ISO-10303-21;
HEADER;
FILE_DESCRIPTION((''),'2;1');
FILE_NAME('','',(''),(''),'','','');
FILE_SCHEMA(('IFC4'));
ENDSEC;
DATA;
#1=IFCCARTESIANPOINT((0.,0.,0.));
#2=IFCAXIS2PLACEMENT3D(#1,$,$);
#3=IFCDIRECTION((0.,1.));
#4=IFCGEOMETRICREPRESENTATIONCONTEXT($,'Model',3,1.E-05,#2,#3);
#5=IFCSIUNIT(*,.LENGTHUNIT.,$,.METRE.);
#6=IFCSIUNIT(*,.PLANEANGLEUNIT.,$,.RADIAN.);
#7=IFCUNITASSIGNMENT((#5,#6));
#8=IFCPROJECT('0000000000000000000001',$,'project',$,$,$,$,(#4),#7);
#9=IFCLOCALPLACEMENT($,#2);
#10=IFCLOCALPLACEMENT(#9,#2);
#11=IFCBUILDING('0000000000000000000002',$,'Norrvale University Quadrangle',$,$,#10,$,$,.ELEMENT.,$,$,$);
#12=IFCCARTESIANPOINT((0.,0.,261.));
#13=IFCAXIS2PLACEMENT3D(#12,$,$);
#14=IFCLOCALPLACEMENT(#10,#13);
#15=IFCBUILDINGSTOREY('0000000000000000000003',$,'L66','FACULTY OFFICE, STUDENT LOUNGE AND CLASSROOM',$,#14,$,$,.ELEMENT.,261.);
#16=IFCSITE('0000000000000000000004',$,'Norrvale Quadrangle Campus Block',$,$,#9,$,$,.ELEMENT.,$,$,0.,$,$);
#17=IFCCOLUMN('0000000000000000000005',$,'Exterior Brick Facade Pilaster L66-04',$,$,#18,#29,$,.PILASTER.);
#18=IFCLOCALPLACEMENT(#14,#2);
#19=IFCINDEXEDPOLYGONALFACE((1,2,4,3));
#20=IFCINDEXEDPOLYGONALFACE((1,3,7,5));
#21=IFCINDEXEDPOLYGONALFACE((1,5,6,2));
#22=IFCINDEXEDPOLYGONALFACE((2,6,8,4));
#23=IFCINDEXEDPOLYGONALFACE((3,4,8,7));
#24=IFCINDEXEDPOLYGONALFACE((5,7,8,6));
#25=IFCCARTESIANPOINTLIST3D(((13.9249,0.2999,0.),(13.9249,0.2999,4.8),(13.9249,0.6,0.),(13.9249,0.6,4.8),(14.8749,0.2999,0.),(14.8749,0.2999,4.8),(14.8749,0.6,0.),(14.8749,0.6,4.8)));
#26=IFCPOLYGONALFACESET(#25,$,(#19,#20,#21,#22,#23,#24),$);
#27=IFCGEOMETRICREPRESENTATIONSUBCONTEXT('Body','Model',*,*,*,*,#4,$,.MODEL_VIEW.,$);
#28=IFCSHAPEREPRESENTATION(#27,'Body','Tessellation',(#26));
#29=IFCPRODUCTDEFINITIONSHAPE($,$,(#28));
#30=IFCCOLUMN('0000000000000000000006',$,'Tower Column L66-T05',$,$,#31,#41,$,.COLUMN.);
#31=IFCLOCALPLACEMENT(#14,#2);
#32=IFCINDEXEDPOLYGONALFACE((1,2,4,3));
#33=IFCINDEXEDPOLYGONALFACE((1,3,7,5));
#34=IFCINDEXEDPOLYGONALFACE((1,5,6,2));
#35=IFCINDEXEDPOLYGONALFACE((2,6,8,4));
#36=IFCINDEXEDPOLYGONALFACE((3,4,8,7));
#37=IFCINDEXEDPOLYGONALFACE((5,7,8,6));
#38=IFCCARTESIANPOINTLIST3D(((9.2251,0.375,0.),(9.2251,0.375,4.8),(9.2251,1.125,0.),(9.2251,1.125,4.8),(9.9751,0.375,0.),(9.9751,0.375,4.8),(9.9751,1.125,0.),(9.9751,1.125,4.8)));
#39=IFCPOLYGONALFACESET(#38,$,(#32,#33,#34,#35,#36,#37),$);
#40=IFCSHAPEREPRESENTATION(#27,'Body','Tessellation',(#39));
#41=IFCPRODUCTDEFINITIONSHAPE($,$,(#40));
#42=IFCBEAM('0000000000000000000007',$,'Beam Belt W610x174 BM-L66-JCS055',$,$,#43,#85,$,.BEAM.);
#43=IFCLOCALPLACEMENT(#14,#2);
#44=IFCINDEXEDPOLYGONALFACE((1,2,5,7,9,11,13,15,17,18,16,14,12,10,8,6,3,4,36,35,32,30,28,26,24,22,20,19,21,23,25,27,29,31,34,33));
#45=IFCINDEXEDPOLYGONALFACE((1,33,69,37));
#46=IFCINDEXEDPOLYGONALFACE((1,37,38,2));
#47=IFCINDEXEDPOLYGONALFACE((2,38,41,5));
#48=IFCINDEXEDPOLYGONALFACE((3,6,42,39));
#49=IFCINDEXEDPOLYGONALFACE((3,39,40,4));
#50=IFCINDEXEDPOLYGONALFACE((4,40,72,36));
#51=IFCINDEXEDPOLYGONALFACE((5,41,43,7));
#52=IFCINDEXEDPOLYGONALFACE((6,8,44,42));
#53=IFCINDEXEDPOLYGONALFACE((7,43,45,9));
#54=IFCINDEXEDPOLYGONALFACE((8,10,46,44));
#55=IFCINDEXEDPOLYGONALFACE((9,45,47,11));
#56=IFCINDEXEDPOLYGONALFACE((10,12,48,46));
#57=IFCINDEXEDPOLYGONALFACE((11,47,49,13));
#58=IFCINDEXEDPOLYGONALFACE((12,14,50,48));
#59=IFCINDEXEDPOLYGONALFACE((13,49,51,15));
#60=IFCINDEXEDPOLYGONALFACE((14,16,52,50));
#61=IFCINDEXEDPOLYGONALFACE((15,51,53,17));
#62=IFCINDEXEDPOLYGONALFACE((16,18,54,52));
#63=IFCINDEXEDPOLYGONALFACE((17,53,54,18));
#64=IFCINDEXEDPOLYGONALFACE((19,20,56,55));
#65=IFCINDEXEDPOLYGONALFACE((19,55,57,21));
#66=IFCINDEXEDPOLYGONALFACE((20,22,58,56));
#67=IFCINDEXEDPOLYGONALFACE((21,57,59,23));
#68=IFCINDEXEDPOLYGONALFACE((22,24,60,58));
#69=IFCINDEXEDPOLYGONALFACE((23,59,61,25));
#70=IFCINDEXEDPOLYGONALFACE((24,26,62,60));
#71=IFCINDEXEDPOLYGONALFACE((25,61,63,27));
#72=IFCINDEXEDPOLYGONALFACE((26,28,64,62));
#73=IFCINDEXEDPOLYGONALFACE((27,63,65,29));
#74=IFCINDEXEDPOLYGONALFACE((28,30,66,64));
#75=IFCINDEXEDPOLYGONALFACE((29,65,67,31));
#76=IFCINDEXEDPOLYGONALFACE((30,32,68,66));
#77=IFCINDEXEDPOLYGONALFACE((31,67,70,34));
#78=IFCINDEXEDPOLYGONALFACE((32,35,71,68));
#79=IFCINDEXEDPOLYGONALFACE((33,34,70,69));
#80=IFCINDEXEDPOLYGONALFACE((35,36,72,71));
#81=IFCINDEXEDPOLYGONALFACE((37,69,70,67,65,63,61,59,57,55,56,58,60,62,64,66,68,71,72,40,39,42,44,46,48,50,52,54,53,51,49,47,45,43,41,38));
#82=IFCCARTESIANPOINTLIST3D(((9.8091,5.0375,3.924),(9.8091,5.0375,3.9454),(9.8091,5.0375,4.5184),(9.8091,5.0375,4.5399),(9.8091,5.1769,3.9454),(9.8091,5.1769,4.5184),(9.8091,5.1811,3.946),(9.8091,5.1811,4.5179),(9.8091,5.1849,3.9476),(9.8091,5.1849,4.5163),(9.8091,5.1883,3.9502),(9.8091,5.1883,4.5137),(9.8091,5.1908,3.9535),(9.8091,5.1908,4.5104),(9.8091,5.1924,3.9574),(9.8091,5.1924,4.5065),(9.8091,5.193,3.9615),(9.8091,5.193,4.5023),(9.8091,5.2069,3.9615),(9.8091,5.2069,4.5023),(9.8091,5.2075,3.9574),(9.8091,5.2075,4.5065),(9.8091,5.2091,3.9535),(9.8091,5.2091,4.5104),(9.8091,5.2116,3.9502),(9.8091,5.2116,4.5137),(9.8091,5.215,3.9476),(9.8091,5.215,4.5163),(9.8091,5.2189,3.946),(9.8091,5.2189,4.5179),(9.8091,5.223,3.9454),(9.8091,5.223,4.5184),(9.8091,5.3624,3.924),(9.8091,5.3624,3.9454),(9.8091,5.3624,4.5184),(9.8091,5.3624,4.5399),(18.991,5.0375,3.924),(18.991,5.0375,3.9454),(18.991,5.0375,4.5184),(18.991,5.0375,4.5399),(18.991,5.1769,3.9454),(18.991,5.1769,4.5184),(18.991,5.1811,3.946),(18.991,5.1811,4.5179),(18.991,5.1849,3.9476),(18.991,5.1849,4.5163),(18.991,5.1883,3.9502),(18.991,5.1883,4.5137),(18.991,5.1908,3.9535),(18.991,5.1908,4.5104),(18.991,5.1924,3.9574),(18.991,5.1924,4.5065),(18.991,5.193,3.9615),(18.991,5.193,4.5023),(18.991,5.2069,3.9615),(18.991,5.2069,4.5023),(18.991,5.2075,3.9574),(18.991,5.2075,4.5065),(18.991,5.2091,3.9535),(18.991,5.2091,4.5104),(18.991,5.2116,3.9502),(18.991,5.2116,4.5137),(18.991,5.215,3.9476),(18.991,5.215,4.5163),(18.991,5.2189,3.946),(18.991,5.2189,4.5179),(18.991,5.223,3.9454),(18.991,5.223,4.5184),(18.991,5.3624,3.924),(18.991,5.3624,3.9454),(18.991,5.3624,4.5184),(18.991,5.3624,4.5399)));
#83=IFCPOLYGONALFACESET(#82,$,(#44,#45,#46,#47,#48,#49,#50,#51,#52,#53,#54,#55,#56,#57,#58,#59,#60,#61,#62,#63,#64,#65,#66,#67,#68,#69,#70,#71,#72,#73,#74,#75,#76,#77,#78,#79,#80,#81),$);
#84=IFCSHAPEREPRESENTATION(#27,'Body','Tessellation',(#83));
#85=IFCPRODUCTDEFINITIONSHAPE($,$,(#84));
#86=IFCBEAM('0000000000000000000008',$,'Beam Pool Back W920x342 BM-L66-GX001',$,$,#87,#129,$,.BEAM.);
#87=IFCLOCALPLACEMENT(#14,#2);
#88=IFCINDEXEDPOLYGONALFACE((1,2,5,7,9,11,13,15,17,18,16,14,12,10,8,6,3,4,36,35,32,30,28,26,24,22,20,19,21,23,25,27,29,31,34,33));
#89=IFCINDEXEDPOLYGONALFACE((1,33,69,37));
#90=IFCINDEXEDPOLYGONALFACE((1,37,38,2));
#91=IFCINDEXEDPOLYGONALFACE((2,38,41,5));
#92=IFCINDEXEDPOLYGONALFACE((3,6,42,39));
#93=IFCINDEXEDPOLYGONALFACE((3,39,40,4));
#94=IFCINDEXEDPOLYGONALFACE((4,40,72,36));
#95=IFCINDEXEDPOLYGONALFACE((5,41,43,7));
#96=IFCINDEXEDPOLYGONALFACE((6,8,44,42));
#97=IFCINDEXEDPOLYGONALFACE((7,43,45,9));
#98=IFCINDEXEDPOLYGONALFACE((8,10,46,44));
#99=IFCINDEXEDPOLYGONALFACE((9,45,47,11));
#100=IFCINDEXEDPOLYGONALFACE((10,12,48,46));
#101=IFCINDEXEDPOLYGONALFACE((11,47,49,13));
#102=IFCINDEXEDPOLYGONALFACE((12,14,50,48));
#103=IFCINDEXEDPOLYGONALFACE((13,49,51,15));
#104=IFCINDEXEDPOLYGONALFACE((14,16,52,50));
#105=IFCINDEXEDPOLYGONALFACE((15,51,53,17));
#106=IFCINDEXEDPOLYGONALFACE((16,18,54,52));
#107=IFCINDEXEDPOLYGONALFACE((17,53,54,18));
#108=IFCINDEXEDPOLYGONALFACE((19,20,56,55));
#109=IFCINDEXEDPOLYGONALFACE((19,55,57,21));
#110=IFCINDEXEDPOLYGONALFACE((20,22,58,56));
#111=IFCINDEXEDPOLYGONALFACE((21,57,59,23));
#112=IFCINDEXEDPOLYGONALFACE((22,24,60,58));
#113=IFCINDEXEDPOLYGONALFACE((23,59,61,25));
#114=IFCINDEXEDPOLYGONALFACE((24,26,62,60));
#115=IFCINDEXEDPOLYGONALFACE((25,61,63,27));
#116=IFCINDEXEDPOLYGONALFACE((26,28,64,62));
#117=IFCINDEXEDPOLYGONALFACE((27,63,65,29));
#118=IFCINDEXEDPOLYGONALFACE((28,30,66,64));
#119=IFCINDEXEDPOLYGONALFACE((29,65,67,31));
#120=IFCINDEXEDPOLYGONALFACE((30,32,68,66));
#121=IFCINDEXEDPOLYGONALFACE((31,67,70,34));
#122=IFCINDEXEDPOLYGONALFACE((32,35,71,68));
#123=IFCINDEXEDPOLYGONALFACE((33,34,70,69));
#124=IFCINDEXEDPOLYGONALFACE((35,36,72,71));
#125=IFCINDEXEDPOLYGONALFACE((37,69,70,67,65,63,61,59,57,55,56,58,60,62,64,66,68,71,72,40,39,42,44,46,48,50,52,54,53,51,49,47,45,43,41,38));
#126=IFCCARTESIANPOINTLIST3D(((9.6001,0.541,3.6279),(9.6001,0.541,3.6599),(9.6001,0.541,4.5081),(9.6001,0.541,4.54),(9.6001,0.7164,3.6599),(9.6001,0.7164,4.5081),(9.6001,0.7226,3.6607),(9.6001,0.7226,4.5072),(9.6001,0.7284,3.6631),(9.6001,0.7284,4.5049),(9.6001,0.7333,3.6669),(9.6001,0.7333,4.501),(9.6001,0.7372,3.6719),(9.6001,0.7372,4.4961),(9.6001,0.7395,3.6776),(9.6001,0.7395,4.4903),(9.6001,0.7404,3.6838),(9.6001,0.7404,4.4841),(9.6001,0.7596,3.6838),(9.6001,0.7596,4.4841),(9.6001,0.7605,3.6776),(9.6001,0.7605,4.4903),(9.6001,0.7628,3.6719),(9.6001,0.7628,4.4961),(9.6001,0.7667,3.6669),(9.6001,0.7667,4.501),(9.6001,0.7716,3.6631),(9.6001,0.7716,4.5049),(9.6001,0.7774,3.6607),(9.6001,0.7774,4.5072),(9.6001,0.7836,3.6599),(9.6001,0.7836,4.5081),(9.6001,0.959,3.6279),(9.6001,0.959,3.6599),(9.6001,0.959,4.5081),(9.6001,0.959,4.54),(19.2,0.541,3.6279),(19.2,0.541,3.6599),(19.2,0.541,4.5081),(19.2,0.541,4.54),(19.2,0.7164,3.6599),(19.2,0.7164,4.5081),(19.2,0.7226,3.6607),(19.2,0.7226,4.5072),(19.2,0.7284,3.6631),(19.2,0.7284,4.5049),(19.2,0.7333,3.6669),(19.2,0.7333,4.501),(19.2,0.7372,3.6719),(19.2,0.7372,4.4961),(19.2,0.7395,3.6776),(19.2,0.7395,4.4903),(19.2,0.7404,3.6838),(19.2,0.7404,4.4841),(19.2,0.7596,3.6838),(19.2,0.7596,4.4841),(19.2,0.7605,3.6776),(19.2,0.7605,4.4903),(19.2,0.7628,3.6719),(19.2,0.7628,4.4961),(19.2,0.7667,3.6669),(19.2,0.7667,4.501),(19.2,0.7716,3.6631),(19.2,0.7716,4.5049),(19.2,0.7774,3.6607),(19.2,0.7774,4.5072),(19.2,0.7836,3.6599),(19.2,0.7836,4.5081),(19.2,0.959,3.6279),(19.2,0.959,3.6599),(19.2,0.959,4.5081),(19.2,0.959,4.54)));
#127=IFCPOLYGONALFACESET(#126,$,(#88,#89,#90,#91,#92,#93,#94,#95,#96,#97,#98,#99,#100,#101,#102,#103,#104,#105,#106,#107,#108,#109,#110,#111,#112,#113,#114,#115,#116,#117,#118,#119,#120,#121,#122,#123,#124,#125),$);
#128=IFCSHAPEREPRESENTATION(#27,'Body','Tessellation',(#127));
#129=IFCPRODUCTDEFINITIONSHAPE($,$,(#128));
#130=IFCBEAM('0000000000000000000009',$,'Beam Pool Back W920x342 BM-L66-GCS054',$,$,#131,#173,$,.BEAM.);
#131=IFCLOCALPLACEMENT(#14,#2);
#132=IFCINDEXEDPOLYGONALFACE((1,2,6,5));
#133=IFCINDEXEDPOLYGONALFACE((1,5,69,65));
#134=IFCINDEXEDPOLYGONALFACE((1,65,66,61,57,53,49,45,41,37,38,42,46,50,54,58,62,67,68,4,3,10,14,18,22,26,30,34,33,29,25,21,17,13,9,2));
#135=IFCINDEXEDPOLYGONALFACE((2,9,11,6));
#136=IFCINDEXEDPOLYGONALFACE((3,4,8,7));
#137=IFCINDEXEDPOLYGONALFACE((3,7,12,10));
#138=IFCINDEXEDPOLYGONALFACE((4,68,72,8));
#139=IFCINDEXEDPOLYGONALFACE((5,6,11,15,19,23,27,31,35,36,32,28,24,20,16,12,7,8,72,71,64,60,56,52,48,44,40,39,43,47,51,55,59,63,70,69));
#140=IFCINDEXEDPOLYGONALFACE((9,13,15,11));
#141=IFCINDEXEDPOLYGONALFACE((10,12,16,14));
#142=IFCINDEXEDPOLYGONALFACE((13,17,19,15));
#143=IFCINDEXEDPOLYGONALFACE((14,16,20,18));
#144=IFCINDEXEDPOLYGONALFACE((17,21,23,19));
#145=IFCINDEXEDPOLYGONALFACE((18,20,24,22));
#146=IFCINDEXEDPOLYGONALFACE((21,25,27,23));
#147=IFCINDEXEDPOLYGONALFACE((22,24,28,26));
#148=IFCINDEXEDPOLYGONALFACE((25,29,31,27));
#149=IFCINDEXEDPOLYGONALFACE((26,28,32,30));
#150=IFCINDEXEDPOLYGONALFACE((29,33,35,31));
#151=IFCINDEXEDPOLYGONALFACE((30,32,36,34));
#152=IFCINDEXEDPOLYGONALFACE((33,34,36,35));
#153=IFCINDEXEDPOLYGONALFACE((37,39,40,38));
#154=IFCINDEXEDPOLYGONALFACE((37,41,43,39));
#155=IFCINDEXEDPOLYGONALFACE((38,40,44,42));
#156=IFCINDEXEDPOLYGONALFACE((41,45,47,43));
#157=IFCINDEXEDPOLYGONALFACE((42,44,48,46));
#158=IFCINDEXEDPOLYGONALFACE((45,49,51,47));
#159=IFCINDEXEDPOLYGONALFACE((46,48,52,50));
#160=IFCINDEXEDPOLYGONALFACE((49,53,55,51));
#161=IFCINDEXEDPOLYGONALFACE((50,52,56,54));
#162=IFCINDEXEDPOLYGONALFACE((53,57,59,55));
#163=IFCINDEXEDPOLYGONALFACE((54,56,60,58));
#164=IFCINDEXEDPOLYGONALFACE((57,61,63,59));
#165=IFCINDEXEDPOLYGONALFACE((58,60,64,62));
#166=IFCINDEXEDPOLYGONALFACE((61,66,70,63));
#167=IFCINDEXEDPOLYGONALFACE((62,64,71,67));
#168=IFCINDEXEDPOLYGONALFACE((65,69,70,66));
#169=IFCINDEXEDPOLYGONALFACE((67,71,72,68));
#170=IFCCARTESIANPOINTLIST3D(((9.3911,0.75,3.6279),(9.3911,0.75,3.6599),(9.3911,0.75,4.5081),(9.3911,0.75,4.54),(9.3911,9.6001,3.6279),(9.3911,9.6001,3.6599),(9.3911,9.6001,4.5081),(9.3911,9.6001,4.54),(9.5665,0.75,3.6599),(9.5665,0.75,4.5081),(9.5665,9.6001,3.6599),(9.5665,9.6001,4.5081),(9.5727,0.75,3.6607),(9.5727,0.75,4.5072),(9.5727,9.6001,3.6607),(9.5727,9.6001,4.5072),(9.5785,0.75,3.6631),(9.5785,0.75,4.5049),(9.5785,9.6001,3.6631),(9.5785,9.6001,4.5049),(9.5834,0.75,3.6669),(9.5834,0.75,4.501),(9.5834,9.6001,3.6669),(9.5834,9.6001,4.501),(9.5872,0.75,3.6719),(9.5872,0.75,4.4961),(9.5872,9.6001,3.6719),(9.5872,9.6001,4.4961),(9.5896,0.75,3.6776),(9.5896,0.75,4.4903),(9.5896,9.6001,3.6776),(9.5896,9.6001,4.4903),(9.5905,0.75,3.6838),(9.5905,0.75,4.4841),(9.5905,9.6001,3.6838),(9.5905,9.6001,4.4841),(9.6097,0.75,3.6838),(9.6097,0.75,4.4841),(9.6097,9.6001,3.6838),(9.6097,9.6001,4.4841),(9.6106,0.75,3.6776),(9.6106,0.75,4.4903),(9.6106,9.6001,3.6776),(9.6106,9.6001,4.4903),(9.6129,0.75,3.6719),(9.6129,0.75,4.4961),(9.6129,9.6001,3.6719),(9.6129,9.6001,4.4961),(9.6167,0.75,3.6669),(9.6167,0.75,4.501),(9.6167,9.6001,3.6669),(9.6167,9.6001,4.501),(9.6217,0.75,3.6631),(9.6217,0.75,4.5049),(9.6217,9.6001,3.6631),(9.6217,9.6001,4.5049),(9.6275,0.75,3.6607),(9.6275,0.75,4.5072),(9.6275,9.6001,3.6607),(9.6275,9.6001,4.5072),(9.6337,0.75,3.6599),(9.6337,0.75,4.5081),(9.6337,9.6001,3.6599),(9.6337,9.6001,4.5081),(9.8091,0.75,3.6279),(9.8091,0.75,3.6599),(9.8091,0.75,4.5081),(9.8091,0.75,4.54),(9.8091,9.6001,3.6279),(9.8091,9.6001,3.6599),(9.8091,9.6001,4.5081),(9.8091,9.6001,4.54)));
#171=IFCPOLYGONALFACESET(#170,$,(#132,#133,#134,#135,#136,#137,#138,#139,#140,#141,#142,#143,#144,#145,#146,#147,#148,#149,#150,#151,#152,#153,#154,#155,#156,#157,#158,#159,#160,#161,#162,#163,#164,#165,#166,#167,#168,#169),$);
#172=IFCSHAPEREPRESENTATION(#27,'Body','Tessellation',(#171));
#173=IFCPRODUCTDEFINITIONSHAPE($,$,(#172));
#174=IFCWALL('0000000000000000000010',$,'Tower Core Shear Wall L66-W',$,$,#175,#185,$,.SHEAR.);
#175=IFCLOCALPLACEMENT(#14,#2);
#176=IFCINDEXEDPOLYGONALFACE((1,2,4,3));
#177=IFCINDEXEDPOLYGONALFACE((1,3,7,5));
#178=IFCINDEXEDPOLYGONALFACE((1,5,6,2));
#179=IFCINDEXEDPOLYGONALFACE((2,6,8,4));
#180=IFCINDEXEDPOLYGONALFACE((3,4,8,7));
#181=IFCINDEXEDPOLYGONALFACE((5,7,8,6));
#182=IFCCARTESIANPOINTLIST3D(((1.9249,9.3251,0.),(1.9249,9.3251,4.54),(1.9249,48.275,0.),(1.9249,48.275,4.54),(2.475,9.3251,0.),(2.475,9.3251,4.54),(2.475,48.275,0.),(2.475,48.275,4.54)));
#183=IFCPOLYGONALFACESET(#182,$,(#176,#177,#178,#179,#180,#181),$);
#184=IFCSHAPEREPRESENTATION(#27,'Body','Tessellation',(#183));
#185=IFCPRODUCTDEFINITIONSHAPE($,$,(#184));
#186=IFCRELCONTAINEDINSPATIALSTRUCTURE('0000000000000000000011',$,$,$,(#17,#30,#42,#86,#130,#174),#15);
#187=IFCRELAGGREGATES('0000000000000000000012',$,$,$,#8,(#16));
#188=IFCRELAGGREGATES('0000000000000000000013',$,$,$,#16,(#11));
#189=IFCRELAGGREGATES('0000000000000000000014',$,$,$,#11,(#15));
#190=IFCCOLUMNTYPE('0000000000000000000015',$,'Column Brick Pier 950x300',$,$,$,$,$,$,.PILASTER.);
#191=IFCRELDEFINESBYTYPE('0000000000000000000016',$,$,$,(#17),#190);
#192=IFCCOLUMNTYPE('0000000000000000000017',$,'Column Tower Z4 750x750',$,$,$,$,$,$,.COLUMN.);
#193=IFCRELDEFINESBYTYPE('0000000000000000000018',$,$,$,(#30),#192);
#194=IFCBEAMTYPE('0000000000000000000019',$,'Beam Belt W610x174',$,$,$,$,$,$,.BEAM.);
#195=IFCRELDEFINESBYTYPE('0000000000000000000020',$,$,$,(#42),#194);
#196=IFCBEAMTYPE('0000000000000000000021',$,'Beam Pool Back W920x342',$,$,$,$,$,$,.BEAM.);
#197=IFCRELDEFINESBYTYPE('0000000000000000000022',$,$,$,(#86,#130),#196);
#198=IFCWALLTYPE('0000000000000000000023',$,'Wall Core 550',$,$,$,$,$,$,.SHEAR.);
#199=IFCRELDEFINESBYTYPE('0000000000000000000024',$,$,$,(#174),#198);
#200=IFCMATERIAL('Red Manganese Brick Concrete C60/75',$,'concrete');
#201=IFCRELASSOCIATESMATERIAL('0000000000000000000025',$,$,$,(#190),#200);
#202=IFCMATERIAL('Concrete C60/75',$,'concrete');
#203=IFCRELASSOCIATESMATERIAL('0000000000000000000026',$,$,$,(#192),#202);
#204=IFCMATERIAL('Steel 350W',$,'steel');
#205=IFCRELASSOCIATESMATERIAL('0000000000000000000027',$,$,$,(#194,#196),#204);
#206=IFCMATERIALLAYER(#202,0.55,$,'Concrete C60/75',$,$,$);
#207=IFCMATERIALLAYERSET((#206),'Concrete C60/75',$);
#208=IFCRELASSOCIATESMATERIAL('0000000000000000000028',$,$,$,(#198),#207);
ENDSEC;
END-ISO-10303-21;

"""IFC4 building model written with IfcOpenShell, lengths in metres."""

from ifc_helpers import new_model, si_unit, direction, frame, frame_2d, origin, origin_2d, place, context, subcontext, project, spatial, rectangle, i_section, extrude, material, layer, layer_set, material_profile, profile_set, type_object, element, save


model = new_model("IFC4")

# Units and contexts
model_context = context("Model", 3, precision=1e-05, world=origin(), true_north=direction((0.0, 1.0)))
body_context = subcontext(model_context, "Body", "Model", "MODEL_VIEW")
ifc_project = project(units=[si_unit("LENGTHUNIT", "METRE"), si_unit("PLANEANGLEUNIT", "RADIAN")], contexts=[model_context])

# Site, building, storey
site_placement = place(None, origin())
site = spatial("IfcSite", under=ifc_project, at=site_placement, Name="Norrvale Quadrangle Campus Block", CompositionType="ELEMENT", RefElevation=0.0)
building_placement = place(site_placement, origin())
building = spatial("IfcBuilding", under=site, at=building_placement, Name="Norrvale University Quadrangle", CompositionType="ELEMENT")
storey_placement = place(building_placement, frame((0.0, 0.0, 261.0)))
storey = spatial("IfcBuildingStorey", under=building, at=storey_placement, Name="L66", Description="FACULTY OFFICE, STUDENT LOUNGE AND CLASSROOM", CompositionType="ELEMENT", Elevation=261.0)

# Columns
ifc_material_1 = material(Name="Red Manganese Brick Concrete C60/75", Category="concrete")
ifc_material_profile_1 = material_profile(ifc_material_1, rectangle(XDim=0.95, YDim=0.3, at=origin_2d()), Name="Red Manganese Brick Concrete C60/75")
ifc_profile_set_1 = profile_set([ifc_material_profile_1], Name="Red Manganese Brick Concrete C60/75")
column_type_1 = type_object("IfcColumnType", Name="Column Brick Pier 950x300", PredefinedType="PILASTER", material=ifc_profile_set_1)
column_1_placement = place(storey_placement, frame((14.3999, 0.45, 0.0), z_axis=(0.0, 0.0, 1.0), x_axis=(1.0, 0.0, 0.0)))
element("IfcColumn", 1, at=column_1_placement, inside=storey, type_object=column_type_1, Name="Exterior Brick Facade Pilaster L66-04", PredefinedType="PILASTER", context=body_context, shape_type="SweptSolid", body=[
    extrude(rectangle(XDim=0.95, YDim=0.3, at=origin_2d()), origin(), (0.0, 0.0, 1.0), 4.8),
])
ifc_material_2 = material(Name="Concrete C60/75", Category="concrete")
ifc_material_profile_2 = material_profile(ifc_material_2, rectangle(XDim=0.75, YDim=0.75, at=origin_2d()), Name="Concrete C60/75")
ifc_profile_set_2 = profile_set([ifc_material_profile_2], Name="Concrete C60/75")
column_type_2 = type_object("IfcColumnType", Name="Column Tower Z4 750x750", PredefinedType="COLUMN", material=ifc_profile_set_2)
column_2_placement = place(storey_placement, frame((9.6001, 0.75, 0.0), z_axis=(0.0, 0.0, 1.0), x_axis=(1.0, 0.0, 0.0)))
element("IfcColumn", 2, at=column_2_placement, inside=storey, type_object=column_type_2, Name="Tower Column L66-T05", PredefinedType="COLUMN", context=body_context, shape_type="SweptSolid", body=[
    extrude(rectangle(XDim=0.75, YDim=0.75, at=origin_2d()), origin(), (0.0, 0.0, 1.0), 4.8),
])

# Beams
ifc_material_3 = material(Name="Steel 350W", Category="steel")
ifc_material_profile_3 = material_profile(ifc_material_3, i_section(OverallWidth=0.325, OverallDepth=0.616, WebThickness=0.0139, FlangeThickness=0.0215, FilletRadius=0.0161, at=origin_2d()), Name="Steel 350W")
ifc_profile_set_3 = profile_set([ifc_material_profile_3], Name="Steel 350W")
beam_type_1 = type_object("IfcBeamType", Name="Beam Belt W610x174", PredefinedType="BEAM", material=ifc_profile_set_3)
beam_1_placement = place(storey_placement, frame((9.8091, 5.2, 4.2319), z_axis=(1.0, 0.0, 0.0), x_axis=(0.0, 1.0, 0.0)))
element("IfcBeam", 3, at=beam_1_placement, inside=storey, type_object=beam_type_1, Name="Beam Belt W610x174 BM-L66-JCS055", PredefinedType="BEAM", context=body_context, shape_type="SweptSolid", body=[
    extrude(i_section(OverallWidth=0.325, OverallDepth=0.616, WebThickness=0.0139, FlangeThickness=0.0215, FilletRadius=0.0161, at=origin_2d()), origin(), (0.0, 0.0, 1.0), 9.1819),
])
ifc_material_profile_4 = material_profile(ifc_material_3, i_section(OverallWidth=0.418, OverallDepth=0.9121, WebThickness=0.0193, FlangeThickness=0.032, FilletRadius=0.0239, at=origin_2d()), Name="Steel 350W")
ifc_profile_set_4 = profile_set([ifc_material_profile_4], Name="Steel 350W")
beam_type_2 = type_object("IfcBeamType", Name="Beam Pool Back W920x342", PredefinedType="BEAM", material=ifc_profile_set_4)
beam_2_placement = place(storey_placement, frame((9.6001, 0.75, 4.084), z_axis=(1.0, 0.0, 0.0), x_axis=(0.0, 1.0, 0.0)))
element("IfcBeam", 4, at=beam_2_placement, inside=storey, type_object=beam_type_2, Name="Beam Pool Back W920x342 BM-L66-GX001", PredefinedType="BEAM", context=body_context, shape_type="SweptSolid", body=[
    extrude(i_section(OverallWidth=0.418, OverallDepth=0.9121, WebThickness=0.0193, FlangeThickness=0.032, FilletRadius=0.0239, at=origin_2d()), origin(), (0.0, 0.0, 1.0), 9.5999),
])
beam_3_placement = place(storey_placement, frame((9.6001, 0.75, 4.084), z_axis=(0.0, 1.0, 0.0), x_axis=(-1.0, 0.0, 0.0)))
element("IfcBeam", 5, at=beam_3_placement, inside=storey, type_object=beam_type_2, Name="Beam Pool Back W920x342 BM-L66-GCS054", PredefinedType="BEAM", context=body_context, shape_type="SweptSolid", body=[
    extrude(i_section(OverallWidth=0.418, OverallDepth=0.9121, WebThickness=0.0193, FlangeThickness=0.032, FilletRadius=0.0239, at=origin_2d()), origin(), (0.0, 0.0, 1.0), 8.8501),
])

# Wall
ifc_layer_1 = layer(ifc_material_2, 0.55, Name="Concrete C60/75")
ifc_layer_set_1 = layer_set([ifc_layer_1], Name="Concrete C60/75")
wall_type_1 = type_object("IfcWallType", Name="Wall Core 550", PredefinedType="SHEAR", material=ifc_layer_set_1)
wall_1_placement = place(storey_placement, frame((2.2, 9.325, 0.0), z_axis=(0.0, 0.0, 1.0), x_axis=(0.0, 1.0, 0.0)))
element("IfcWall", 6, at=wall_1_placement, inside=storey, type_object=wall_type_1, Name="Tower Core Shear Wall L66-W", PredefinedType="SHEAR", context=body_context, shape_type="SweptSolid", body=[
    extrude(rectangle(XDim=38.95, YDim=0.55, at=frame_2d((19.4751, 0.0))), origin(), (0.0, 0.0, 1.0), 4.54),
])

save(model, "model.ifc")
